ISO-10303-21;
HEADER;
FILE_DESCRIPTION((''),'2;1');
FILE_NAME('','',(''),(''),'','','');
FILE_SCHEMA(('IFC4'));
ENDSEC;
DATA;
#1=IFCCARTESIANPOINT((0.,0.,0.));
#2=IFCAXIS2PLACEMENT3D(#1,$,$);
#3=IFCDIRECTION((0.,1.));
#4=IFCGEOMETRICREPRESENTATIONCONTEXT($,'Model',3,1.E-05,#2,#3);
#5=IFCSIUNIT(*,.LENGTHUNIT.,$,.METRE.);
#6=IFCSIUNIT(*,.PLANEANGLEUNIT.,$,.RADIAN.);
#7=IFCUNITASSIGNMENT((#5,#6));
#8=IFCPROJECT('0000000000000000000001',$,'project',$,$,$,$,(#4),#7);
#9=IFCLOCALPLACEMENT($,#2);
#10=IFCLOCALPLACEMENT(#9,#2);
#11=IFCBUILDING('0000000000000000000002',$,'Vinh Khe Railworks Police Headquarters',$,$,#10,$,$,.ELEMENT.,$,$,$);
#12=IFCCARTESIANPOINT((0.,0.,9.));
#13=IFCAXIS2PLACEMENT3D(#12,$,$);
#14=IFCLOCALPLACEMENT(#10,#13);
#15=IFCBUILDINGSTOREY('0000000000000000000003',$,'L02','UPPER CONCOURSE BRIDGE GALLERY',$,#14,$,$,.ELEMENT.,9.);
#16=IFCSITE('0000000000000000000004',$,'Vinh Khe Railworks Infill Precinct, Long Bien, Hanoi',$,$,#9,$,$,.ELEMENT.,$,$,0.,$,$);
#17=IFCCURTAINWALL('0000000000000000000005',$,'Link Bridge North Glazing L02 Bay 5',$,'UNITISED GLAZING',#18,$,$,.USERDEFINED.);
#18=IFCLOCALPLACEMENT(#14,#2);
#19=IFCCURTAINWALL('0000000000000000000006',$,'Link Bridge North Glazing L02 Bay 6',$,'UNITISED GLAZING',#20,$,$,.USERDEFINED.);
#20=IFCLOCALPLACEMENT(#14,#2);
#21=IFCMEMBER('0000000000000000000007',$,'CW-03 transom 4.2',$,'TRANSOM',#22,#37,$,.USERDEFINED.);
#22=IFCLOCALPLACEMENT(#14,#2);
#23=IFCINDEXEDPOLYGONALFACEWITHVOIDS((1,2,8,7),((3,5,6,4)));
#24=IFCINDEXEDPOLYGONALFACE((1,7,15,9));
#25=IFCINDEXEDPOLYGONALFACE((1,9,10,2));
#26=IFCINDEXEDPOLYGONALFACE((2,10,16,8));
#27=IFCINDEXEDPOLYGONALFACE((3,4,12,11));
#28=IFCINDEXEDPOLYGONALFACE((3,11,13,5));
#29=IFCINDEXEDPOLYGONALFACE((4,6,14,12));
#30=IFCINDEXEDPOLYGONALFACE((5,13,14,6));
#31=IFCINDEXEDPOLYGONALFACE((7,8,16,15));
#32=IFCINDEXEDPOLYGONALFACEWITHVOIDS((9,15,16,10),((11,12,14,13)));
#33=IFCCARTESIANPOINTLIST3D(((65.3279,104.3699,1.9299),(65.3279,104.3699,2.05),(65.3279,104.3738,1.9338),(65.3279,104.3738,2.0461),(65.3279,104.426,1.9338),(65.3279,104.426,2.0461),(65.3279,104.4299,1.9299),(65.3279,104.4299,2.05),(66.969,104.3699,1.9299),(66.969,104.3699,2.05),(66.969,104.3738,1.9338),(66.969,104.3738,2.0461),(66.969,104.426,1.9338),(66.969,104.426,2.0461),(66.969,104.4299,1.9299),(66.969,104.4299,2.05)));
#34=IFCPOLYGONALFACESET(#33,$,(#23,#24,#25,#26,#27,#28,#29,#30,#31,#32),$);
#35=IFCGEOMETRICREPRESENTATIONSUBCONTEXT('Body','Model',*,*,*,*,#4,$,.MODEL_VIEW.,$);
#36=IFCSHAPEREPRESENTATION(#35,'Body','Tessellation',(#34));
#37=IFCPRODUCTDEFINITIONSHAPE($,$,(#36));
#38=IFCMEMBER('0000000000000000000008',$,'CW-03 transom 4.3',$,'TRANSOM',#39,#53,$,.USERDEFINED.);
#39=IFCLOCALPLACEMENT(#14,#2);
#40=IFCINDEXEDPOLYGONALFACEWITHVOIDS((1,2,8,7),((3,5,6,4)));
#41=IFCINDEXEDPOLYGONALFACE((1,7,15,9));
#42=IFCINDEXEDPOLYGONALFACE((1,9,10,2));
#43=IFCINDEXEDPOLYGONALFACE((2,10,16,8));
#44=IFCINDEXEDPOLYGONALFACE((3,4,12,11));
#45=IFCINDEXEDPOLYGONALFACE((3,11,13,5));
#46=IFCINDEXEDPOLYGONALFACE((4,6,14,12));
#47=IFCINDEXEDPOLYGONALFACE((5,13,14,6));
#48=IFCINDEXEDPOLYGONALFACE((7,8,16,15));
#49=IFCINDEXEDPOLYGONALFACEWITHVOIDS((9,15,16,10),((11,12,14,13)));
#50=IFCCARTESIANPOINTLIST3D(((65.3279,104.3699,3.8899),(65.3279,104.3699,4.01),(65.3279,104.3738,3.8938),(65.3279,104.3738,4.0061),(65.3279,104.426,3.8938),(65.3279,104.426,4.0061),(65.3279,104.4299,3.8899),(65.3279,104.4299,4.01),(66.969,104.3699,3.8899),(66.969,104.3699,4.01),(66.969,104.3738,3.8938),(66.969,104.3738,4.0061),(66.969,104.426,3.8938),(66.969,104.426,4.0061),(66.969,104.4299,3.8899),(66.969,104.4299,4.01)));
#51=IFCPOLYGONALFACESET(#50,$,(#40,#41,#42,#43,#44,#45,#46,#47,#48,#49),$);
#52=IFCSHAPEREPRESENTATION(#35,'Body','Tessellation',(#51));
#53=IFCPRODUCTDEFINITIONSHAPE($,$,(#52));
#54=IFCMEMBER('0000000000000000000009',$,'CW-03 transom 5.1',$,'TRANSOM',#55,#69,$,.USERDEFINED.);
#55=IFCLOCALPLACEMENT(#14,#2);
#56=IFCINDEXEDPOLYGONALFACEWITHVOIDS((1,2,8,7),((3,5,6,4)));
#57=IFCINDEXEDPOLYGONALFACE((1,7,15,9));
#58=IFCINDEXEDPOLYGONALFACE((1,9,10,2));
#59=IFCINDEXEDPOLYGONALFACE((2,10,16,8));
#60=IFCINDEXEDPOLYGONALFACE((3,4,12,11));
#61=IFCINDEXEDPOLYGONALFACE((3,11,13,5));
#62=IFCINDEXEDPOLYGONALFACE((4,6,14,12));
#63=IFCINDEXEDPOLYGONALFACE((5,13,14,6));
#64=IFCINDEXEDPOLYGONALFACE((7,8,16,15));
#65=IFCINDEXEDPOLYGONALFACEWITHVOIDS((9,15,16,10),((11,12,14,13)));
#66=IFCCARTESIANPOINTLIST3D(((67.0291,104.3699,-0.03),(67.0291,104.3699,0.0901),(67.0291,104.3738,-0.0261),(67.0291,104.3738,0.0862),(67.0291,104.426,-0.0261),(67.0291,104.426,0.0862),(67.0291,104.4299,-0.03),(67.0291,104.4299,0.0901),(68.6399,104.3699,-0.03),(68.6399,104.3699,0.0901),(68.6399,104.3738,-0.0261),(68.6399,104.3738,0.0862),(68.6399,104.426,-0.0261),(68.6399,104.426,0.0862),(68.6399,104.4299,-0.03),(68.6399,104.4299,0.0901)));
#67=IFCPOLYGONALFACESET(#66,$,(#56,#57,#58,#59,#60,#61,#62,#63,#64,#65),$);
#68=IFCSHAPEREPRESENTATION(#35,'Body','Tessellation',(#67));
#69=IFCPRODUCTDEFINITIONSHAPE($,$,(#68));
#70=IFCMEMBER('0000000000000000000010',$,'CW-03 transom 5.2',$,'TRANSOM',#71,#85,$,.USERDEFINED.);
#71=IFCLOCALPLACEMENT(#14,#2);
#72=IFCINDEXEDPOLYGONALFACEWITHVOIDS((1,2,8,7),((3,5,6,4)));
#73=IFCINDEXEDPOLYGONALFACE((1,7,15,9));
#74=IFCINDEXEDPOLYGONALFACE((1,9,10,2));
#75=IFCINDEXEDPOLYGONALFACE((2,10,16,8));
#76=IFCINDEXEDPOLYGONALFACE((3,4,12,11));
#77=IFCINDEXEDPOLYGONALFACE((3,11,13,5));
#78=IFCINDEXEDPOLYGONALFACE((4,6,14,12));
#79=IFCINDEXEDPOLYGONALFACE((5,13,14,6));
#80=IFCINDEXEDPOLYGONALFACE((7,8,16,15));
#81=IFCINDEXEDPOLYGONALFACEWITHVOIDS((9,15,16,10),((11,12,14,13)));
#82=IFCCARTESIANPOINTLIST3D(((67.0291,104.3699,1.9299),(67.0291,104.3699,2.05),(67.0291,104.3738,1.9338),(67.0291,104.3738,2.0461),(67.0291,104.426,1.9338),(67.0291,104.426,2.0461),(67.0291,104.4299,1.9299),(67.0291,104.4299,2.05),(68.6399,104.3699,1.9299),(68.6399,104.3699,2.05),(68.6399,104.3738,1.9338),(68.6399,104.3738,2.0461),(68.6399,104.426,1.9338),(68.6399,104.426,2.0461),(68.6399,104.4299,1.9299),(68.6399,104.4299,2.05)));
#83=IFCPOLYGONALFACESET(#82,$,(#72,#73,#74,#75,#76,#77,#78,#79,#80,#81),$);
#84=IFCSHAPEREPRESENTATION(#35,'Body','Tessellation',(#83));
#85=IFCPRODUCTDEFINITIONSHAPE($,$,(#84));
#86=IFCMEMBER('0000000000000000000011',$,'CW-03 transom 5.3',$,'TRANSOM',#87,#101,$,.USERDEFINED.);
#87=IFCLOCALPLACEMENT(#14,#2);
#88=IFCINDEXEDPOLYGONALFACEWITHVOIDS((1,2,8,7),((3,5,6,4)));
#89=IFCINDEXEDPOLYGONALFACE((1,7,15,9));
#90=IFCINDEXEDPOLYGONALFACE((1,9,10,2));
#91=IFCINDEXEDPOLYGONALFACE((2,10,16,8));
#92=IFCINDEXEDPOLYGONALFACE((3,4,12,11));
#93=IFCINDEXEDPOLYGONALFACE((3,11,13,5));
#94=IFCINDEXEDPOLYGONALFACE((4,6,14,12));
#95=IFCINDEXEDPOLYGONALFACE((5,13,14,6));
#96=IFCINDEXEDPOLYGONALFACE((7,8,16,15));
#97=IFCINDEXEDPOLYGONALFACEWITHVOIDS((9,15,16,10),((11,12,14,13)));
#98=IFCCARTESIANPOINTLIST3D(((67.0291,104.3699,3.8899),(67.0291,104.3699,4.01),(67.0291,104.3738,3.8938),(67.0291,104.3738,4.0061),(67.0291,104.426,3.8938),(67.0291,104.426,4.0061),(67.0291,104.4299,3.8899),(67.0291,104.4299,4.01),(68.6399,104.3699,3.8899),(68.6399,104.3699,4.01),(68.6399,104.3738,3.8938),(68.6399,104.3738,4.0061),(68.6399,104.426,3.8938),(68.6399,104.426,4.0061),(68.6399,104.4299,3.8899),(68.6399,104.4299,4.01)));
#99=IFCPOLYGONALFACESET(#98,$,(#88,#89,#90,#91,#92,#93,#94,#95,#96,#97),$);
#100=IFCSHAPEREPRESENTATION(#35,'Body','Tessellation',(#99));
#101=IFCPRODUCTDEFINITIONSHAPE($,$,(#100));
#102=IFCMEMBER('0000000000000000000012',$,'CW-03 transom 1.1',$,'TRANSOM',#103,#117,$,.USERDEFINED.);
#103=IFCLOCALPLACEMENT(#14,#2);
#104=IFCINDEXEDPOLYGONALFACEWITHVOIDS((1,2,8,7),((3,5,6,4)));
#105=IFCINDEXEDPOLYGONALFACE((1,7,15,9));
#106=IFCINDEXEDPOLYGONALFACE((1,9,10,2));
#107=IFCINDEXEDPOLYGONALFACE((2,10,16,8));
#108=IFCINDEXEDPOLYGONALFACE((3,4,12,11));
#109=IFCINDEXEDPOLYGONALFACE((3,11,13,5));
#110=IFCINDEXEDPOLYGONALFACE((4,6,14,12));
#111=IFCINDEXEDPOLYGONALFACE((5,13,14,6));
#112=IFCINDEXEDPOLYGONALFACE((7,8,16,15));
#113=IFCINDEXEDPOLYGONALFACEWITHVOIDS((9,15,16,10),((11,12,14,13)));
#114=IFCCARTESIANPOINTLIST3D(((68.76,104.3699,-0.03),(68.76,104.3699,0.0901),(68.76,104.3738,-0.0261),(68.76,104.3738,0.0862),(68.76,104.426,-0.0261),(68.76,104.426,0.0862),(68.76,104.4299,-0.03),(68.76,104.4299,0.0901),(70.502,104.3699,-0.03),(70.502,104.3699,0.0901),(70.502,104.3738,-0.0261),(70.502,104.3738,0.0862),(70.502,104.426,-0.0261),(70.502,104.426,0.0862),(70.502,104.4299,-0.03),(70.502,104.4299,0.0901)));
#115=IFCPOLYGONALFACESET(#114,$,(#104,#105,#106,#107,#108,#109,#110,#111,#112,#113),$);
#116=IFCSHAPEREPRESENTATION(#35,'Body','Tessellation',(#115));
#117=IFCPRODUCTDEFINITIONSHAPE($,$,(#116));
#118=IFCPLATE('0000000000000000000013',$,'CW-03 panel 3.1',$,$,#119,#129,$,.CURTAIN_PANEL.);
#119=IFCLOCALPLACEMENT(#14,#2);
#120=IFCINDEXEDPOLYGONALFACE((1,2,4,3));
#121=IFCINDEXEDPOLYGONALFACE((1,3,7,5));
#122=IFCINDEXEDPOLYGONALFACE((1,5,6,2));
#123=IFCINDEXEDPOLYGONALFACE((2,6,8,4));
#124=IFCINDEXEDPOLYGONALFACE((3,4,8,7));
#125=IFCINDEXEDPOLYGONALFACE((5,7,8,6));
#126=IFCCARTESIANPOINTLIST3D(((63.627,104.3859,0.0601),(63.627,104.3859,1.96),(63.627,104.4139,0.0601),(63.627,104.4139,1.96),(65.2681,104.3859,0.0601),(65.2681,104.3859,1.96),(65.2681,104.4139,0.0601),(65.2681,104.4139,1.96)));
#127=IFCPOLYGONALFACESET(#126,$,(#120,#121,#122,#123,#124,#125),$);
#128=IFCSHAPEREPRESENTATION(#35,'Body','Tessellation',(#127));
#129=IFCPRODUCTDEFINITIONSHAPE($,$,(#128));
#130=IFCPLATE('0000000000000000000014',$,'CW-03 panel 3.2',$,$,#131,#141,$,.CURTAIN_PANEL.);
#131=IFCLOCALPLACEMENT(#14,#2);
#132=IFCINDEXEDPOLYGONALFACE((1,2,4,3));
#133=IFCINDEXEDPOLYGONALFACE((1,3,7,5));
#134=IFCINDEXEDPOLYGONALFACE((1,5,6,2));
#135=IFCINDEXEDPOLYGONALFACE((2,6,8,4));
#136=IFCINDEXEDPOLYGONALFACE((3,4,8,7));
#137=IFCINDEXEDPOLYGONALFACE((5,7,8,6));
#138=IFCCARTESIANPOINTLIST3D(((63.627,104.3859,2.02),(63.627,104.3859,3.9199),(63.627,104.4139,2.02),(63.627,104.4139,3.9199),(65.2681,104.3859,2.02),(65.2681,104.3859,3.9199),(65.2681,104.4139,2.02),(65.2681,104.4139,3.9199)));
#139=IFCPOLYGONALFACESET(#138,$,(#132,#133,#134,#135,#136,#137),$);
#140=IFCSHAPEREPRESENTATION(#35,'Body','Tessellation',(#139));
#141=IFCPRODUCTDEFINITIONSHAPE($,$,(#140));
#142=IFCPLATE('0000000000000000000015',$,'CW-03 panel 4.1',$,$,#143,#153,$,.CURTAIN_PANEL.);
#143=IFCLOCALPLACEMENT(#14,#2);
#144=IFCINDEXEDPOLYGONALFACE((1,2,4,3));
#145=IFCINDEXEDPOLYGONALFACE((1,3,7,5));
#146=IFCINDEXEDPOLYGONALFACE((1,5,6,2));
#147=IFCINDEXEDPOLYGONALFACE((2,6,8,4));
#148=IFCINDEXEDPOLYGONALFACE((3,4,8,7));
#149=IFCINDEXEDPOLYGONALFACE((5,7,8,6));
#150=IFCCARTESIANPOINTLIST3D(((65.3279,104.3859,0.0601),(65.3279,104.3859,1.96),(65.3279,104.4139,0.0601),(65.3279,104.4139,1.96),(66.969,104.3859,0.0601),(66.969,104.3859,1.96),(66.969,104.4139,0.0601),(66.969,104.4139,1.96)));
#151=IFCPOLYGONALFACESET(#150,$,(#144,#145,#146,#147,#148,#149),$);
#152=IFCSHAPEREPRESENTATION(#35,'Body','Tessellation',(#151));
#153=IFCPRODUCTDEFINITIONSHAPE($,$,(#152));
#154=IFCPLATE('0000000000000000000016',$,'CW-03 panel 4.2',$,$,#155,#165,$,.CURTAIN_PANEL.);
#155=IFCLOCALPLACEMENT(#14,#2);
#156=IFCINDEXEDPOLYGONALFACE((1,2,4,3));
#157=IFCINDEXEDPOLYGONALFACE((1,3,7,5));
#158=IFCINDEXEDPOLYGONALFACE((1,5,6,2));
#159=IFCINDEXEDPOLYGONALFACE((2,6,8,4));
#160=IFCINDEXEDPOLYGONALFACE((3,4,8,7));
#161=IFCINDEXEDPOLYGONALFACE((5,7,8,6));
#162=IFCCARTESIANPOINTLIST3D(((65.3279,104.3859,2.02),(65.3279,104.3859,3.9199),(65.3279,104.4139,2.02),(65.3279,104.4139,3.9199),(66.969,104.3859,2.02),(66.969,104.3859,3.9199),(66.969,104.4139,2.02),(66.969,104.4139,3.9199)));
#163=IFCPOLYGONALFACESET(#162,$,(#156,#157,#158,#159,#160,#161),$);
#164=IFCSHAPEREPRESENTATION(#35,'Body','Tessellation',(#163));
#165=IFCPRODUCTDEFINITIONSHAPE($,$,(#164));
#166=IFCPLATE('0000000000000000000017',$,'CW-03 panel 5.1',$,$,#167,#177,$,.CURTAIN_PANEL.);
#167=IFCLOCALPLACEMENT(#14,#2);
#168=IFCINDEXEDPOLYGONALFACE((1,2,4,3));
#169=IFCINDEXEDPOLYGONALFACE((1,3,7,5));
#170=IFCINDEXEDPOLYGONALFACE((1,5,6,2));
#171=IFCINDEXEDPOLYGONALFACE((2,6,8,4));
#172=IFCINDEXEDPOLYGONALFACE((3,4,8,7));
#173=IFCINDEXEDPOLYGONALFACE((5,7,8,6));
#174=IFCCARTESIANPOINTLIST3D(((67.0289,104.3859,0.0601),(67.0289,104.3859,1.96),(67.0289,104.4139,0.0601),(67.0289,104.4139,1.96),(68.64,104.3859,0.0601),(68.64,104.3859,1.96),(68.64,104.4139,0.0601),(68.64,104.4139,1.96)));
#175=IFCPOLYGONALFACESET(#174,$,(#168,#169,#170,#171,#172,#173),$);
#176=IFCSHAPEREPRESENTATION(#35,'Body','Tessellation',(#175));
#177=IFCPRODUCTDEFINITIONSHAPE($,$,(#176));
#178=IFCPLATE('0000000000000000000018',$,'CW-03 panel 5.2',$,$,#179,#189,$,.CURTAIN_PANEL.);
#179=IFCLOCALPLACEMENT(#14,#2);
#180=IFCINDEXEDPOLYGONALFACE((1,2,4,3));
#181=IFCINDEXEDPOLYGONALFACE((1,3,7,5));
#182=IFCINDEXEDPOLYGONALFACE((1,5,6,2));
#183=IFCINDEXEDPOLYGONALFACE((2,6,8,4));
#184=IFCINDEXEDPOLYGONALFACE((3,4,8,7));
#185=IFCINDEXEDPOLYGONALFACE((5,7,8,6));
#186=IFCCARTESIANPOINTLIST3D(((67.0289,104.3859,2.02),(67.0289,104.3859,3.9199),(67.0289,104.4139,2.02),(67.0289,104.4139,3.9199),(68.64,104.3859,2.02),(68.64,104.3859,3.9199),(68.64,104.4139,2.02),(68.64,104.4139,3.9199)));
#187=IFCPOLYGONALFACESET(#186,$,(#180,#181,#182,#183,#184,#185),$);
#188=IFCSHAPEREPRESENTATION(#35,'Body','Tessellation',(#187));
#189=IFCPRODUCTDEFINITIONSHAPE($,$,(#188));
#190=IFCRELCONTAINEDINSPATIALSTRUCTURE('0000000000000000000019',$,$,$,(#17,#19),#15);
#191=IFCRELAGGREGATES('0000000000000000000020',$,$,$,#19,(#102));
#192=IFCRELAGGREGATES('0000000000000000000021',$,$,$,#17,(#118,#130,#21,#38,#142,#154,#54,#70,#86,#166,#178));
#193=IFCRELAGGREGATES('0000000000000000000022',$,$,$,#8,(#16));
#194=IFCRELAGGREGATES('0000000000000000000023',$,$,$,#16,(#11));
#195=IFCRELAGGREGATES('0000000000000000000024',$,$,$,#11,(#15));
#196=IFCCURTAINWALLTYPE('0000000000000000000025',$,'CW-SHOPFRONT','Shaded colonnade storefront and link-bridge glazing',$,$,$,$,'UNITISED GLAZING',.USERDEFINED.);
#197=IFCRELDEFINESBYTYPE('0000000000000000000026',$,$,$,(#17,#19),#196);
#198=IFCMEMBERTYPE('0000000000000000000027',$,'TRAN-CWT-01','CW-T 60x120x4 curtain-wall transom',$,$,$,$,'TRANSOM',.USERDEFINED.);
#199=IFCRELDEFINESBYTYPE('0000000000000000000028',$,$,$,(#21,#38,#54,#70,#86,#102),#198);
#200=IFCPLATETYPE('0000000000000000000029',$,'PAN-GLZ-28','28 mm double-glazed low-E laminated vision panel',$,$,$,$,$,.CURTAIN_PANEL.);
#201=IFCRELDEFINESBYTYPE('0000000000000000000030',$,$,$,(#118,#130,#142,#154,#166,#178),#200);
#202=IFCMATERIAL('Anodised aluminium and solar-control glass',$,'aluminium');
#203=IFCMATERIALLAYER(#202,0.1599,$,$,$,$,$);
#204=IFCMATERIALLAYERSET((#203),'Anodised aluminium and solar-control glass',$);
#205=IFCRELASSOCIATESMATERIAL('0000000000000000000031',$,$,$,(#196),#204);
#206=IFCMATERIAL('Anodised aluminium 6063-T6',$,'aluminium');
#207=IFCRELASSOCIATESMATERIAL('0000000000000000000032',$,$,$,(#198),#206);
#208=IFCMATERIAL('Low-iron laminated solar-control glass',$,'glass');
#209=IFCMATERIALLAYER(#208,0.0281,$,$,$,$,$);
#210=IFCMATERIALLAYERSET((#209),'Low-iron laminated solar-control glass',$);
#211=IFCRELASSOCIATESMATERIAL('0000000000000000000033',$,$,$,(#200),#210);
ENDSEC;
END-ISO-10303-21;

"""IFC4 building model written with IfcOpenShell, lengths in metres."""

from ifc_helpers import new_model, si_unit, direction, frame, origin, origin_2d, place, context, subcontext, project, spatial, rectangle, hollow_rectangle, extrude, material, layer, layer_set, material_profile, profile_set, type_object, element, aggregate, save


model = new_model("IFC4")

# Units and contexts
model_context = context("Model", 3, precision=1e-05, world=origin(), true_north=direction((0.0, 1.0)))
body_context = subcontext(model_context, "Body", "Model", "MODEL_VIEW")
ifc_project = project(units=[si_unit("LENGTHUNIT", "METRE"), si_unit("PLANEANGLEUNIT", "RADIAN")], contexts=[model_context])

# Site, building, storey
site_placement = place(None, origin())
site = spatial("IfcSite", under=ifc_project, at=site_placement, Name="Vinh Khe Railworks Infill Precinct, Long Bien, Hanoi", CompositionType="ELEMENT", RefElevation=0.0)
building_placement = place(site_placement, origin())
building = spatial("IfcBuilding", under=site, at=building_placement, Name="Vinh Khe Railworks Police Headquarters", CompositionType="ELEMENT")
storey_placement = place(building_placement, frame((0.0, 0.0, 9.0)))
storey = spatial("IfcBuildingStorey", under=building, at=storey_placement, Name="L02", Description="UPPER CONCOURSE BRIDGE GALLERY", CompositionType="ELEMENT", Elevation=9.0)

# Curtain wall
ifc_material_1 = material(Name="Anodised aluminium and solar-control glass", Category="aluminium")
ifc_layer_1 = layer(ifc_material_1, 0.1599)
ifc_layer_set_1 = layer_set([ifc_layer_1], Name="Anodised aluminium and solar-control glass")
curtain_wall_type = type_object("IfcCurtainWallType", Name="CW-SHOPFRONT", Description="Shaded colonnade storefront and link-bridge glazing", ElementType="UNITISED GLAZING", PredefinedType="USERDEFINED", material=ifc_layer_set_1)
curtain_wall_1_placement = place(storey_placement, origin())
curtain_wall_1 = element("IfcCurtainWall", 1, at=curtain_wall_1_placement, inside=storey, type_object=curtain_wall_type, Name="Link Bridge North Glazing L02 Bay 5", ObjectType="UNITISED GLAZING", PredefinedType="USERDEFINED")
ifc_material_2 = material(Name="Anodised aluminium 6063-T6", Category="aluminium")

# Curtain wall
curtain_wall_2_placement = place(storey_placement, origin())
curtain_wall_2 = element("IfcCurtainWall", 2, at=curtain_wall_2_placement, inside=storey, type_object=curtain_wall_type, Name="Link Bridge North Glazing L02 Bay 6", ObjectType="UNITISED GLAZING", PredefinedType="USERDEFINED")

# Members
ifc_material_profile_1 = material_profile(ifc_material_2, hollow_rectangle(XDim=0.0601, YDim=0.1201, WallThickness=0.0039, at=origin_2d()), Name="CW-T 60x120x4")
ifc_profile_set_1 = profile_set([ifc_material_profile_1], Name="Anodised aluminium 6063-T6")
member_type_1 = type_object("IfcMemberType", Name="TRAN-CWT-01", Description="CW-T 60x120x4 curtain-wall transom", ElementType="TRANSOM", PredefinedType="USERDEFINED", material=ifc_profile_set_1)
member_1_placement = place(storey_placement, frame((65.3279, 104.3999, 1.99), z_axis=(1.0, 0.0, 0.0), x_axis=(0.0, 1.0, 0.0)))
member_1 = element("IfcMember", 3, at=member_1_placement, type_object=member_type_1, Name="CW-03 transom 4.2", ObjectType="TRANSOM", PredefinedType="USERDEFINED", context=body_context, shape_type="SweptSolid", body=[
    extrude(hollow_rectangle(XDim=0.0601, YDim=0.1201, WallThickness=0.0039, at=origin_2d()), origin(), (0.0, 0.0, 1.0), 1.6411),
])
member_2_placement = place(storey_placement, frame((65.3279, 104.3999, 3.95), z_axis=(1.0, 0.0, 0.0), x_axis=(0.0, 1.0, 0.0)))
member_2 = element("IfcMember", 4, at=member_2_placement, type_object=member_type_1, Name="CW-03 transom 4.3", ObjectType="TRANSOM", PredefinedType="USERDEFINED", context=body_context, shape_type="SweptSolid", body=[
    extrude(hollow_rectangle(XDim=0.0601, YDim=0.1201, WallThickness=0.0039, at=origin_2d()), origin(), (0.0, 0.0, 1.0), 1.6411),
])
member_3_placement = place(storey_placement, frame((67.0291, 104.3999, 0.03), z_axis=(1.0, 0.0, 0.0), x_axis=(0.0, 1.0, 0.0)))
member_3 = element("IfcMember", 5, at=member_3_placement, type_object=member_type_1, Name="CW-03 transom 5.1", ObjectType="TRANSOM", PredefinedType="USERDEFINED", context=body_context, shape_type="SweptSolid", body=[
    extrude(hollow_rectangle(XDim=0.0601, YDim=0.1201, WallThickness=0.0039, at=origin_2d()), origin(), (0.0, 0.0, 1.0), 1.6108),
])
member_4_placement = place(storey_placement, frame((67.0291, 104.3999, 1.99), z_axis=(1.0, 0.0, 0.0), x_axis=(0.0, 1.0, 0.0)))
member_4 = element("IfcMember", 6, at=member_4_placement, type_object=member_type_1, Name="CW-03 transom 5.2", ObjectType="TRANSOM", PredefinedType="USERDEFINED", context=body_context, shape_type="SweptSolid", body=[
    extrude(hollow_rectangle(XDim=0.0601, YDim=0.1201, WallThickness=0.0039, at=origin_2d()), origin(), (0.0, 0.0, 1.0), 1.6108),
])
member_5_placement = place(storey_placement, frame((67.0291, 104.3999, 3.95), z_axis=(1.0, 0.0, 0.0), x_axis=(0.0, 1.0, 0.0)))
member_5 = element("IfcMember", 7, at=member_5_placement, type_object=member_type_1, Name="CW-03 transom 5.3", ObjectType="TRANSOM", PredefinedType="USERDEFINED", context=body_context, shape_type="SweptSolid", body=[
    extrude(hollow_rectangle(XDim=0.0601, YDim=0.1201, WallThickness=0.0039, at=origin_2d()), origin(), (0.0, 0.0, 1.0), 1.6108),
])
member_6_placement = place(storey_placement, frame((68.76, 104.3999, 0.03), z_axis=(1.0, 0.0, 0.0), x_axis=(0.0, 1.0, 0.0)))
member_6 = element("IfcMember", 8, at=member_6_placement, type_object=member_type_1, Name="CW-03 transom 1.1", ObjectType="TRANSOM", PredefinedType="USERDEFINED", context=body_context, shape_type="SweptSolid", body=[
    extrude(hollow_rectangle(XDim=0.0601, YDim=0.1201, WallThickness=0.0039, at=origin_2d()), origin(), (0.0, 0.0, 1.0), 1.7419),
])
aggregate(curtain_wall_2, [member_6])

# Plates
ifc_material_3 = material(Name="Low-iron laminated solar-control glass", Category="glass")
ifc_layer_2 = layer(ifc_material_3, 0.0281)
ifc_layer_set_2 = layer_set([ifc_layer_2], Name="Low-iron laminated solar-control glass")
plate_type = type_object("IfcPlateType", Name="PAN-GLZ-28", Description="28 mm double-glazed low-E laminated vision panel", PredefinedType="CURTAIN_PANEL", material=ifc_layer_set_2)
plate_1_placement = place(storey_placement, frame((64.4475, 104.3999, 0.0601), z_axis=(0.0, 0.0, 1.0), x_axis=(1.0, 0.0, 0.0)))
plate_1 = element("IfcPlate", 9, at=plate_1_placement, type_object=plate_type, Name="CW-03 panel 3.1", PredefinedType="CURTAIN_PANEL", context=body_context, shape_type="SweptSolid", body=[
    extrude(rectangle(XDim=1.6411, YDim=0.0281, at=origin_2d()), origin(), (0.0, 0.0, 1.0), 1.8999),
])
plate_2_placement = place(storey_placement, frame((64.4475, 104.3999, 2.02), z_axis=(0.0, 0.0, 1.0), x_axis=(1.0, 0.0, 0.0)))
plate_2 = element("IfcPlate", 10, at=plate_2_placement, type_object=plate_type, Name="CW-03 panel 3.2", PredefinedType="CURTAIN_PANEL", context=body_context, shape_type="SweptSolid", body=[
    extrude(rectangle(XDim=1.6411, YDim=0.0281, at=origin_2d()), origin(), (0.0, 0.0, 1.0), 1.8999),
])
plate_3_placement = place(storey_placement, frame((66.1484, 104.3999, 0.0601), z_axis=(0.0, 0.0, 1.0), x_axis=(1.0, 0.0, 0.0)))
plate_3 = element("IfcPlate", 11, at=plate_3_placement, type_object=plate_type, Name="CW-03 panel 4.1", PredefinedType="CURTAIN_PANEL", context=body_context, shape_type="SweptSolid", body=[
    extrude(rectangle(XDim=1.6411, YDim=0.0281, at=origin_2d()), origin(), (0.0, 0.0, 1.0), 1.8999),
])
plate_4_placement = place(storey_placement, frame((66.1484, 104.3999, 2.02), z_axis=(0.0, 0.0, 1.0), x_axis=(1.0, 0.0, 0.0)))
plate_4 = element("IfcPlate", 12, at=plate_4_placement, type_object=plate_type, Name="CW-03 panel 4.2", PredefinedType="CURTAIN_PANEL", context=body_context, shape_type="SweptSolid", body=[
    extrude(rectangle(XDim=1.6411, YDim=0.0281, at=origin_2d()), origin(), (0.0, 0.0, 1.0), 1.8999),
])
plate_5_placement = place(storey_placement, frame((67.8345, 104.3999, 0.0601), z_axis=(0.0, 0.0, 1.0), x_axis=(1.0, 0.0, 0.0)))
plate_5 = element("IfcPlate", 13, at=plate_5_placement, type_object=plate_type, Name="CW-03 panel 5.1", PredefinedType="CURTAIN_PANEL", context=body_context, shape_type="SweptSolid", body=[
    extrude(rectangle(XDim=1.6111, YDim=0.0281, at=origin_2d()), origin(), (0.0, 0.0, 1.0), 1.8999),
])
plate_6_placement = place(storey_placement, frame((67.8345, 104.3999, 2.02), z_axis=(0.0, 0.0, 1.0), x_axis=(1.0, 0.0, 0.0)))
plate_6 = element("IfcPlate", 14, at=plate_6_placement, type_object=plate_type, Name="CW-03 panel 5.2", PredefinedType="CURTAIN_PANEL", context=body_context, shape_type="SweptSolid", body=[
    extrude(rectangle(XDim=1.6111, YDim=0.0281, at=origin_2d()), origin(), (0.0, 0.0, 1.0), 1.8999),
])
aggregate(curtain_wall_1, [plate_1, plate_2, member_1, member_2, plate_3, plate_4, member_3, member_4, member_5, plate_5, plate_6])

save(model, "model.ifc")
